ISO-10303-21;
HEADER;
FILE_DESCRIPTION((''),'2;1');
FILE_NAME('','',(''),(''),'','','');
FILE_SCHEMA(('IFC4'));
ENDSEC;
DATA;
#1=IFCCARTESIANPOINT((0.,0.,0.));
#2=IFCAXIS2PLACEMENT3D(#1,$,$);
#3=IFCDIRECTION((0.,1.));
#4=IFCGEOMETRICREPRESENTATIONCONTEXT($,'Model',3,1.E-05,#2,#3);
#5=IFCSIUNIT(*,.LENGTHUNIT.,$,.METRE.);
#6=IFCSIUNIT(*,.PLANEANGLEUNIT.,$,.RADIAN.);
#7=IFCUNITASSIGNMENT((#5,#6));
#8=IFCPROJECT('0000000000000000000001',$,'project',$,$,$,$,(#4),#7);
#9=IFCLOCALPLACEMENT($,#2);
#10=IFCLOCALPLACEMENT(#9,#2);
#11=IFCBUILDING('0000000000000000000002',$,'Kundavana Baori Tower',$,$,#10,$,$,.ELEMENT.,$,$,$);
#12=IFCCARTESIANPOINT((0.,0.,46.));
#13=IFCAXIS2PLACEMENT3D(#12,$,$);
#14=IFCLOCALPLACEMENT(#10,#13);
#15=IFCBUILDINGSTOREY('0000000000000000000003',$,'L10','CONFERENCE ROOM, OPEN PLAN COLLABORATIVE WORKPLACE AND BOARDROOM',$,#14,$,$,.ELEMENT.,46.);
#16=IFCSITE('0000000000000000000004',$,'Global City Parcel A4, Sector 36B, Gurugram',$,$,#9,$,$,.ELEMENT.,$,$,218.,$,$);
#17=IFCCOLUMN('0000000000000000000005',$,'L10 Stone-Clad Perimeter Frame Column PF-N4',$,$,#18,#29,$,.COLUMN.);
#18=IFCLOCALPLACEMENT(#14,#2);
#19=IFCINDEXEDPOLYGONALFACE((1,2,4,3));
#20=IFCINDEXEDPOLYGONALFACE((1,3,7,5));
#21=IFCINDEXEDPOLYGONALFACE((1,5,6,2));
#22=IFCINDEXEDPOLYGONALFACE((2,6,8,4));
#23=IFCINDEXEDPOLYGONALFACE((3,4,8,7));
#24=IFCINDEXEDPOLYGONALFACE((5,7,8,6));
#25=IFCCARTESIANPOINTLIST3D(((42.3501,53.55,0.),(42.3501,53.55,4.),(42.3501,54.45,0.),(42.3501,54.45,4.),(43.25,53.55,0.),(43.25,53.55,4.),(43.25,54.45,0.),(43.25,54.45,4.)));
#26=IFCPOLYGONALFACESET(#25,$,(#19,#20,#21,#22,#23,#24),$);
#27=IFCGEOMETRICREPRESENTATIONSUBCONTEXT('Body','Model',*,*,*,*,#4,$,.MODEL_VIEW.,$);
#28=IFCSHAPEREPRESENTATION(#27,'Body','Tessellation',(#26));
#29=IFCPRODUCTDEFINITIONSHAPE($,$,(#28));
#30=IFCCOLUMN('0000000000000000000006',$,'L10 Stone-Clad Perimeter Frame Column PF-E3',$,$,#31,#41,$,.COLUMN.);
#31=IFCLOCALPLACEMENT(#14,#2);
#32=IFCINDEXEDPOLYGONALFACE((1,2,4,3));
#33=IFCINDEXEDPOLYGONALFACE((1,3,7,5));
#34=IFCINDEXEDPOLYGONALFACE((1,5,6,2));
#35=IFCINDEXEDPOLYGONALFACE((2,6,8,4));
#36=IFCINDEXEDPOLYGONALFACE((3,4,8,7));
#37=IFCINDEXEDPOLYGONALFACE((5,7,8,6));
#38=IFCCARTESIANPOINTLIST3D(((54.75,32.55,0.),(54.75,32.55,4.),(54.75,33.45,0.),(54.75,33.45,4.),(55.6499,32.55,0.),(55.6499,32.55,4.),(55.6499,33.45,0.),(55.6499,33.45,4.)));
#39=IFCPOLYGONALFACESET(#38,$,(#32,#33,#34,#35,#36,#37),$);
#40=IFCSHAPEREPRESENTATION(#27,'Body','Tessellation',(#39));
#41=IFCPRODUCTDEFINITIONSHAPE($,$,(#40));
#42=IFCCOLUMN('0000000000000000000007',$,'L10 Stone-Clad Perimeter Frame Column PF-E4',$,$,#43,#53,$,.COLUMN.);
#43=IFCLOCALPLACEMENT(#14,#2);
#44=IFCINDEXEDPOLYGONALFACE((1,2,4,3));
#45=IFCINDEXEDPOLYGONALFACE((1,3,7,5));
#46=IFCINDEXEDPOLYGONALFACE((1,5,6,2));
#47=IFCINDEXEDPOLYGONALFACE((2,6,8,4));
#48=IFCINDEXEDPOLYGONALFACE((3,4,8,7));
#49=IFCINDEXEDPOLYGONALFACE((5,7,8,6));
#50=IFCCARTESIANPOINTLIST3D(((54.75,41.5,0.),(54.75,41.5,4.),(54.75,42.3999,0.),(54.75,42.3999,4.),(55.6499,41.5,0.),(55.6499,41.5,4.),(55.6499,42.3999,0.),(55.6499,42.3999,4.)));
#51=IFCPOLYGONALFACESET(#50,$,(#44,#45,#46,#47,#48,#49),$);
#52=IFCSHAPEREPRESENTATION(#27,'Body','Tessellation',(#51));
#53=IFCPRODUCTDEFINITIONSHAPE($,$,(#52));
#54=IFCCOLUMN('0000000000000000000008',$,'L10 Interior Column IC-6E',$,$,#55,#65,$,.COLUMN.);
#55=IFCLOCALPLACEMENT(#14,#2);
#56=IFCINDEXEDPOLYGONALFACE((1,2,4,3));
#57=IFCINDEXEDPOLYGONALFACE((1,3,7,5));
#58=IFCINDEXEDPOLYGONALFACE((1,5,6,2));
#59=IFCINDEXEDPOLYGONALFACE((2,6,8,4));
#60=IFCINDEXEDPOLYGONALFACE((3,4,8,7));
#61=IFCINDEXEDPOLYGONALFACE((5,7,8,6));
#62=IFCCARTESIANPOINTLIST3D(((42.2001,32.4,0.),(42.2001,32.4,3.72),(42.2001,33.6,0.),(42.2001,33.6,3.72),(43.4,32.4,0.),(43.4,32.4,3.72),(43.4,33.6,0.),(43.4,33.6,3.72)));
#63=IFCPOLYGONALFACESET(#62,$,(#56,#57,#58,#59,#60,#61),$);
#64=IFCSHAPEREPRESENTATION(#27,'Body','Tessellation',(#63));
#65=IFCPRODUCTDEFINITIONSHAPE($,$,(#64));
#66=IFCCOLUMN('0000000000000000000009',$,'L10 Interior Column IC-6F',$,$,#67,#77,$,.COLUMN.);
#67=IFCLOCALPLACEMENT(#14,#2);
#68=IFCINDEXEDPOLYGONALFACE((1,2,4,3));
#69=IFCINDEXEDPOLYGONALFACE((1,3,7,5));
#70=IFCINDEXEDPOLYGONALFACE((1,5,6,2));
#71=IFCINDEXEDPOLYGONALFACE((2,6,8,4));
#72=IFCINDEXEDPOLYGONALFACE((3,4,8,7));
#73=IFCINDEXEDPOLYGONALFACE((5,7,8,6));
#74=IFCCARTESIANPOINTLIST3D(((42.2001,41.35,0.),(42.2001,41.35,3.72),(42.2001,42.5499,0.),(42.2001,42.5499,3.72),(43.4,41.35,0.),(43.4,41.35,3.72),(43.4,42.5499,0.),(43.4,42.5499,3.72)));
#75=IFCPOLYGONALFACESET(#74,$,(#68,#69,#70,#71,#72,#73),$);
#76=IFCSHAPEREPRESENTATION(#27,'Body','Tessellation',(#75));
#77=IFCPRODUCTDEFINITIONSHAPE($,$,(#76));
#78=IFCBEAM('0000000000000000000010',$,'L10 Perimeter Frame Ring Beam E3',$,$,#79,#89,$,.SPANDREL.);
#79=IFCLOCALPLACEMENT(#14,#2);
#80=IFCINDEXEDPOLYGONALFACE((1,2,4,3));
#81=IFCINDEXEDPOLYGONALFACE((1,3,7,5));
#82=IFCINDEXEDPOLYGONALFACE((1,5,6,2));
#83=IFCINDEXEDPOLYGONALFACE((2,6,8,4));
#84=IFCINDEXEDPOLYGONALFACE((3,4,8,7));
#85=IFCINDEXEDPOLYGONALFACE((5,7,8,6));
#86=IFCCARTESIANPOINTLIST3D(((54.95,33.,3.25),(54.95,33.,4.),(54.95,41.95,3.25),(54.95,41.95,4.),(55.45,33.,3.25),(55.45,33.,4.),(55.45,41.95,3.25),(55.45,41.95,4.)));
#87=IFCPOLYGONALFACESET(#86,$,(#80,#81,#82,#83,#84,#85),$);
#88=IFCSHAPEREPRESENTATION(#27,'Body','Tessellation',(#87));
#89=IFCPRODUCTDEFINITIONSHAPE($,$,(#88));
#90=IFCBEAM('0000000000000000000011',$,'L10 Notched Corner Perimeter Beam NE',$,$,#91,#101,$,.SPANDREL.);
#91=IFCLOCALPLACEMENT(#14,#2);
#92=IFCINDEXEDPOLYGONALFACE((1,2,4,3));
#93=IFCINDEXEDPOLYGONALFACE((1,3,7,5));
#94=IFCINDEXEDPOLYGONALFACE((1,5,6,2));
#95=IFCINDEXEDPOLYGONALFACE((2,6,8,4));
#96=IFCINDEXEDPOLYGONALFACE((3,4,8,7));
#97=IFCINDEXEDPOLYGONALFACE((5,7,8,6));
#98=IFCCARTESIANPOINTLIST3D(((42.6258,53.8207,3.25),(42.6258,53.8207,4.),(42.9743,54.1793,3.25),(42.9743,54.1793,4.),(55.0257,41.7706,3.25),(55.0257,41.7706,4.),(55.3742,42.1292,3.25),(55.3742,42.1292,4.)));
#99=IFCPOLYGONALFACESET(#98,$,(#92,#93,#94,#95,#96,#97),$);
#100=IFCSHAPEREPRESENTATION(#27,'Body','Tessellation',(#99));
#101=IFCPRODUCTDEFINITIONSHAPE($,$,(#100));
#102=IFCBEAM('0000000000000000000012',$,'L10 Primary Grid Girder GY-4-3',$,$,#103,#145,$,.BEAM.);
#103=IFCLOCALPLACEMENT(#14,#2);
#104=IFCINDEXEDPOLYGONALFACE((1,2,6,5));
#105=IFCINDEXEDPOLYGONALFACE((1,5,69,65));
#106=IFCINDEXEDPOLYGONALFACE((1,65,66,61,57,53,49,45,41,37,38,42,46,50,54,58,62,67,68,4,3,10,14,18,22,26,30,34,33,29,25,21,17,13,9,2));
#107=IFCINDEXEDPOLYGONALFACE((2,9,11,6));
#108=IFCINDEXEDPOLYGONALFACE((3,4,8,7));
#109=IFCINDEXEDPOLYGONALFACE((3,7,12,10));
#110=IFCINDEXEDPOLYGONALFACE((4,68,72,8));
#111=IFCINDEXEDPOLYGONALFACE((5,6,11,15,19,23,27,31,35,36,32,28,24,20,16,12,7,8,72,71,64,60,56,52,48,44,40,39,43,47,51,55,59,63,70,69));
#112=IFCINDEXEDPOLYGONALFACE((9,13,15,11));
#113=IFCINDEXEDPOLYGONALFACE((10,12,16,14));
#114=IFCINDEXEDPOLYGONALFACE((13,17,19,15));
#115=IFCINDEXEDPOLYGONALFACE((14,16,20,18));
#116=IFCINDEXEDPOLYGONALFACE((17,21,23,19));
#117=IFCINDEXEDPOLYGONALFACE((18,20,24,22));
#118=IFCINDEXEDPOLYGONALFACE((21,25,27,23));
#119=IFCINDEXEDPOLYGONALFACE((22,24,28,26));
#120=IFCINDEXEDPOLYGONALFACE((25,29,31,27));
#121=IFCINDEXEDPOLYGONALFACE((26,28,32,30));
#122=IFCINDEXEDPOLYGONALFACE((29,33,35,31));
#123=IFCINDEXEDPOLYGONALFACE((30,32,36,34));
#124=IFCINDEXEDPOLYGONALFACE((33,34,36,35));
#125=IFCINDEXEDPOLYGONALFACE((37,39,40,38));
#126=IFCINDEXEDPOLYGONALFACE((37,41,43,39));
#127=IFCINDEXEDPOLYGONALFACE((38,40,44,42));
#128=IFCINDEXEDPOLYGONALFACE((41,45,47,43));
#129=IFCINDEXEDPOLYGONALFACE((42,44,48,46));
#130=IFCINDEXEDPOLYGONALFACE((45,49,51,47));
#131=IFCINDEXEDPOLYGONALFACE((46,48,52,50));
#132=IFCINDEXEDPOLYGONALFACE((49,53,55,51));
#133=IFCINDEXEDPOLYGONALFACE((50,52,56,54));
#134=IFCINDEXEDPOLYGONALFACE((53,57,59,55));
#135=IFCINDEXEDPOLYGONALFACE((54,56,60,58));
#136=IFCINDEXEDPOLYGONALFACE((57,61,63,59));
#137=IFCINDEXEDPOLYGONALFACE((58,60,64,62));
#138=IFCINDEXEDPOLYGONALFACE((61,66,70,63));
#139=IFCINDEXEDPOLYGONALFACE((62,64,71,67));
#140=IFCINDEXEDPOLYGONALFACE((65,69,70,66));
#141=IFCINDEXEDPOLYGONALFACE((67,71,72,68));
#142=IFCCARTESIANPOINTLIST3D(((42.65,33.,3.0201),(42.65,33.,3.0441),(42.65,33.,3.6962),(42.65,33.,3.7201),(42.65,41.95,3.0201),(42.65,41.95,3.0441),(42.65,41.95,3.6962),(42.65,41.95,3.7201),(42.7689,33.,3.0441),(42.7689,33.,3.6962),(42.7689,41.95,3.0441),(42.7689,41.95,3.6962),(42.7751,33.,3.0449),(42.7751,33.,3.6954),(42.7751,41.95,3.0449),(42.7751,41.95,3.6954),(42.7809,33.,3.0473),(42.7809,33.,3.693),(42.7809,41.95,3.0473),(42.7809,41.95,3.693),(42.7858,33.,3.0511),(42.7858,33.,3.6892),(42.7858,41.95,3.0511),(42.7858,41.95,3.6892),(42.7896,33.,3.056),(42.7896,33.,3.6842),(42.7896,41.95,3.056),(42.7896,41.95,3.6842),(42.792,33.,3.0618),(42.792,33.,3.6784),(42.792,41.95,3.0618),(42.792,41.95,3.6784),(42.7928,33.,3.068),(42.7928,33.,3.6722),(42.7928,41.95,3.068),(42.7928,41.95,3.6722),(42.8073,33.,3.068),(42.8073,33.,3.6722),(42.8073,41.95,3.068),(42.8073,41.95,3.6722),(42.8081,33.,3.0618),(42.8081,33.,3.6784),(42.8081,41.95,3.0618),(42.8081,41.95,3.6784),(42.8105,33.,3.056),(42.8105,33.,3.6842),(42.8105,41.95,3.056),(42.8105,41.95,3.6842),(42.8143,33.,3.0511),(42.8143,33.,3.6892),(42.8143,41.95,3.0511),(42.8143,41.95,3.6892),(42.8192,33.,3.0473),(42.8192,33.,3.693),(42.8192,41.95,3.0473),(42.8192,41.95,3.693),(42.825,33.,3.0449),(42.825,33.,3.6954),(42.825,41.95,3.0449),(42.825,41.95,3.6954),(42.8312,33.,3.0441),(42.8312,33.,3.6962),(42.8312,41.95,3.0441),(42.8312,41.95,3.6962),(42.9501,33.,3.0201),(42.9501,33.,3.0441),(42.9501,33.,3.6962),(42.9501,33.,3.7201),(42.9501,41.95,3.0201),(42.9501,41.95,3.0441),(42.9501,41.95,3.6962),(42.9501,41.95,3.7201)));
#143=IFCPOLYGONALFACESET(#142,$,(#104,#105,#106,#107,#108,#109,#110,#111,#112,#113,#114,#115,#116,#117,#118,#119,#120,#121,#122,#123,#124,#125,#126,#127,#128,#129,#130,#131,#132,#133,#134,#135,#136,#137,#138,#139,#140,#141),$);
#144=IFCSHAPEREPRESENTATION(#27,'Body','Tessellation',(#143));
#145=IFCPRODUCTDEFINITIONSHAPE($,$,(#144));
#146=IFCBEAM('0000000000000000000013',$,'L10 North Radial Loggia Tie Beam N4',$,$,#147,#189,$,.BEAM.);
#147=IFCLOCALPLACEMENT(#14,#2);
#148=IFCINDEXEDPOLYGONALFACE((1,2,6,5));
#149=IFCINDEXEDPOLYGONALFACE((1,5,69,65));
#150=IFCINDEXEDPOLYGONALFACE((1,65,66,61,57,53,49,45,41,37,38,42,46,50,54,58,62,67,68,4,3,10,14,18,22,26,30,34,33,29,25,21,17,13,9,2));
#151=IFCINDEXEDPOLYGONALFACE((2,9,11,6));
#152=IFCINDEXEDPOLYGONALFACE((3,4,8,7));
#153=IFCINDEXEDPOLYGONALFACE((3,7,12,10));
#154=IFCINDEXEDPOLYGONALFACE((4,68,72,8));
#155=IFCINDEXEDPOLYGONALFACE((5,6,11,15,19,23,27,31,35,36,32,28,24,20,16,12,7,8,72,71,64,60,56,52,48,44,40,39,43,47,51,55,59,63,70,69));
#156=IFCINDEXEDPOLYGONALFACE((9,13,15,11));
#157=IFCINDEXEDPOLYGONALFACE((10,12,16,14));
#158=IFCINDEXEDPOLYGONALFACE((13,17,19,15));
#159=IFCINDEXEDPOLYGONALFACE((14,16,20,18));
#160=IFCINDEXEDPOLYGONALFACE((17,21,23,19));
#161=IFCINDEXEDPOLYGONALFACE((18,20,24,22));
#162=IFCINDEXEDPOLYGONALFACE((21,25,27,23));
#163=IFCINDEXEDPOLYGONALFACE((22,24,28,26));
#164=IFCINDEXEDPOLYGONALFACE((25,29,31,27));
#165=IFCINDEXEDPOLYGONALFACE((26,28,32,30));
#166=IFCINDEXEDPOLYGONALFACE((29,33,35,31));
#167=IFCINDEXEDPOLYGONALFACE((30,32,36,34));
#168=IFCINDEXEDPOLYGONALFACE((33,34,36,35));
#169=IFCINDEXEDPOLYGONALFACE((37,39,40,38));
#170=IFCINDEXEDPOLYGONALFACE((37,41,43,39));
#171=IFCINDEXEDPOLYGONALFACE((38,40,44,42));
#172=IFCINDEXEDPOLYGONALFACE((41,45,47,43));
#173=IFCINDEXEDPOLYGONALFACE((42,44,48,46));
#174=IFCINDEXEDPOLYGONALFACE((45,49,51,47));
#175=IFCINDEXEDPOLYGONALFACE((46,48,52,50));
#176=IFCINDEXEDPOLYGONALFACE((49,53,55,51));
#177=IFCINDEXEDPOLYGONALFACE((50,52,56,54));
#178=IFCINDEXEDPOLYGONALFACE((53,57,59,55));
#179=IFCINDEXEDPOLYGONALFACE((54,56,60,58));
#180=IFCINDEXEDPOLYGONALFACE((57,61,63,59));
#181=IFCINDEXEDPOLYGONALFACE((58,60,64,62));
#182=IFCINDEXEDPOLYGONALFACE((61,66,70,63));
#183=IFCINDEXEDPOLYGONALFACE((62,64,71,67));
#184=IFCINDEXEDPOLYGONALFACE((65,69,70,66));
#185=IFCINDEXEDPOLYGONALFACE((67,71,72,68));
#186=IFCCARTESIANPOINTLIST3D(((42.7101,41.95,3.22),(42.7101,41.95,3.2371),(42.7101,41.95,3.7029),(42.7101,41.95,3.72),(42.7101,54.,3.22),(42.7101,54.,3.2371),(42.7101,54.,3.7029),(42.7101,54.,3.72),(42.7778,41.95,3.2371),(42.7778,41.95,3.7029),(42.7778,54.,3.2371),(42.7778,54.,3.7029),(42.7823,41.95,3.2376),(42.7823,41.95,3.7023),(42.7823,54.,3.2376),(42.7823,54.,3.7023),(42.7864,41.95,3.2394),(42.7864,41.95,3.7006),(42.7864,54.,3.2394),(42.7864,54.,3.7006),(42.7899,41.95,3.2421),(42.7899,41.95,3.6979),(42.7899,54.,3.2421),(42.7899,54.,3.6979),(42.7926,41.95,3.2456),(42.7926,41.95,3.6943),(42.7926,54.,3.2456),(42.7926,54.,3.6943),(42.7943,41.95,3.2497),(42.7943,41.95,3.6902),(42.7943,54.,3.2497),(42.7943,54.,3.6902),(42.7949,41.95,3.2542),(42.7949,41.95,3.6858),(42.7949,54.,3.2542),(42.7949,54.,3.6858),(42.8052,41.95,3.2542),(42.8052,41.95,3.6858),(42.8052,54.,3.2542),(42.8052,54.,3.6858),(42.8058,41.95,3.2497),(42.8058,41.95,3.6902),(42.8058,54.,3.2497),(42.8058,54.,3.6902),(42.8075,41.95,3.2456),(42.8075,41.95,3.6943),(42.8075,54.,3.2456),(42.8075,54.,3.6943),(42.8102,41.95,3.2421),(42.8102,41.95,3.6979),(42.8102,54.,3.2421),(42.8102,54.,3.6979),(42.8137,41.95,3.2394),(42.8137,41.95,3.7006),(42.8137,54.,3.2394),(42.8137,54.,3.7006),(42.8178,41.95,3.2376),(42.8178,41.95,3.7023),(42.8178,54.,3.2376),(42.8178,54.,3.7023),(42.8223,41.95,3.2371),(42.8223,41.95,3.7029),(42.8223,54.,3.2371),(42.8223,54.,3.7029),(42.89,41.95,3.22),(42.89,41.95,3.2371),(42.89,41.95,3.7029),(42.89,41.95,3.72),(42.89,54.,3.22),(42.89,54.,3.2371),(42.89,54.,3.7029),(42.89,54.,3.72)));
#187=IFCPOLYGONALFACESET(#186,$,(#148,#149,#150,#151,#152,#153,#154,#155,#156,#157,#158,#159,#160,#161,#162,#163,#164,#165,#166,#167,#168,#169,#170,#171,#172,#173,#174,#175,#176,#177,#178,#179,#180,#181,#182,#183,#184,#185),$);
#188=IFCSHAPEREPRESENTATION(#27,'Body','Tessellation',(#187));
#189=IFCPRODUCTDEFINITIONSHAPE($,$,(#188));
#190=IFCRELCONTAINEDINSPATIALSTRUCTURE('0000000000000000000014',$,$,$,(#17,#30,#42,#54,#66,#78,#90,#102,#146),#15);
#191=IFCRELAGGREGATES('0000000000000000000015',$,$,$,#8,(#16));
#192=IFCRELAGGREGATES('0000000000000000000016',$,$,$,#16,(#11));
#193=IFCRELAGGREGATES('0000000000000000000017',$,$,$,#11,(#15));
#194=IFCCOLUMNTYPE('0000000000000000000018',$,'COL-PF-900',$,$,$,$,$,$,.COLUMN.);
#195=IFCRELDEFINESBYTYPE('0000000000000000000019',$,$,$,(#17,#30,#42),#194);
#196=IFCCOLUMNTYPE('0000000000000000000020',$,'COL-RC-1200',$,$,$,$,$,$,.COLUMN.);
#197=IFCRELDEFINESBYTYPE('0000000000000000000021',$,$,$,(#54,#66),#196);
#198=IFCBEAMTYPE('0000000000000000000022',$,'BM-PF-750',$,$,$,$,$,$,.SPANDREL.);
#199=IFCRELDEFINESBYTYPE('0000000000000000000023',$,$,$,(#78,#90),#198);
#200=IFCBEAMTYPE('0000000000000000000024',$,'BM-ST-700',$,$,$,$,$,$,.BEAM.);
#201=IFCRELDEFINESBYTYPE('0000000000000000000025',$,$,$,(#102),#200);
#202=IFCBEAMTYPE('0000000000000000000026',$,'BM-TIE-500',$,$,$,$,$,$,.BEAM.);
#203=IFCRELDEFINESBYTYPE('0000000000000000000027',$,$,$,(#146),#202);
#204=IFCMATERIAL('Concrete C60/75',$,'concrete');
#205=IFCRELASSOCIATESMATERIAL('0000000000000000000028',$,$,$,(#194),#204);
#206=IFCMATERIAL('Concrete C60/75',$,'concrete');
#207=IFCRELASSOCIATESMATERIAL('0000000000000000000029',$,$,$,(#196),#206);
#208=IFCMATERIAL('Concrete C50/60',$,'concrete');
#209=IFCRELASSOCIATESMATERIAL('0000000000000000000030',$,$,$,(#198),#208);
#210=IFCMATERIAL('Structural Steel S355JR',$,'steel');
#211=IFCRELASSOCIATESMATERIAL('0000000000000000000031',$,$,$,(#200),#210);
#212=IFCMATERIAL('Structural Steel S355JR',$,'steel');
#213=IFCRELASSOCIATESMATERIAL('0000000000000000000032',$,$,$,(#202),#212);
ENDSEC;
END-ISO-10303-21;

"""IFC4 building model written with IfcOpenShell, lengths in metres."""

from ifc_helpers import new_model, si_unit, direction, frame, origin, origin_2d, place, context, subcontext, project, spatial, rectangle, i_section, extrude, material, material_profile, profile_set, type_object, element, save


model = new_model("IFC4")

# Units and contexts
model_context = context("Model", 3, precision=1e-05, world=origin(), true_north=direction((0.0, 1.0)))
body_context = subcontext(model_context, "Body", "Model", "MODEL_VIEW")
ifc_project = project(units=[si_unit("LENGTHUNIT", "METRE"), si_unit("PLANEANGLEUNIT", "RADIAN")], contexts=[model_context])

# Site, building, storey
site_placement = place(None, origin())
site = spatial("IfcSite", under=ifc_project, at=site_placement, Name="Global City Parcel A4, Sector 36B, Gurugram", CompositionType="ELEMENT", RefElevation=218.0)
building_placement = place(site_placement, origin())
building = spatial("IfcBuilding", under=site, at=building_placement, Name="Kundavana Baori Tower", CompositionType="ELEMENT")
storey_placement = place(building_placement, frame((0.0, 0.0, 46.0)))
storey = spatial("IfcBuildingStorey", under=building, at=storey_placement, Name="L10", Description="CONFERENCE ROOM, OPEN PLAN COLLABORATIVE WORKPLACE AND BOARDROOM", CompositionType="ELEMENT", Elevation=46.0)

# Columns
ifc_material_1 = material(Name="Concrete C60/75", Category="concrete")
ifc_material_profile_1 = material_profile(ifc_material_1, rectangle(XDim=0.8999, YDim=0.8999, at=origin_2d()), Name="RC PF 900x900")
ifc_profile_set_1 = profile_set([ifc_material_profile_1], Name="Concrete C60/75")
column_type_1 = type_object("IfcColumnType", Name="COL-PF-900", PredefinedType="COLUMN", material=ifc_profile_set_1)
for number, where, z_axis, x_axis, name in (
    (1, (42.8, 54.0, 0.0), (0.0, 0.0, 1.0), (1.0, 0.0, 0.0), "L10 Stone-Clad Perimeter Frame Column PF-N4"),
    (2, (55.2, 33.0, 0.0), (0.0, 0.0, 1.0), (1.0, 0.0, 0.0), "L10 Stone-Clad Perimeter Frame Column PF-E3"),
    (3, (55.2, 41.95, 0.0), (0.0, 0.0, 1.0), (1.0, 0.0, 0.0), "L10 Stone-Clad Perimeter Frame Column PF-E4"),
):
    element("IfcColumn", number, at=place(storey_placement, frame(where, z_axis=z_axis, x_axis=x_axis)), inside=storey, type_object=column_type_1, Name=name, PredefinedType="COLUMN", context=body_context, shape_type="SweptSolid", body=[
        extrude(rectangle(XDim=0.8999, YDim=0.8999, at=origin_2d()), origin(), (0.0, 0.0, 1.0), 4.0),
    ])
ifc_material_2 = material(Name="Concrete C60/75", Category="concrete")
ifc_material_profile_2 = material_profile(ifc_material_2, rectangle(XDim=1.2, YDim=1.2, at=origin_2d()), Name="RC 1200x1200")
ifc_profile_set_2 = profile_set([ifc_material_profile_2], Name="Concrete C60/75")
column_type_2 = type_object("IfcColumnType", Name="COL-RC-1200", PredefinedType="COLUMN", material=ifc_profile_set_2)
for number, where, z_axis, x_axis, name in (
    (4, (42.8, 33.0, 0.0), (0.0, 0.0, 1.0), (1.0, 0.0, 0.0), "L10 Interior Column IC-6E"),
    (5, (42.8, 41.95, 0.0), (0.0, 0.0, 1.0), (1.0, 0.0, 0.0), "L10 Interior Column IC-6F"),
):
    element("IfcColumn", number, at=place(storey_placement, frame(where, z_axis=z_axis, x_axis=x_axis)), inside=storey, type_object=column_type_2, Name=name, PredefinedType="COLUMN", context=body_context, shape_type="SweptSolid", body=[
        extrude(rectangle(XDim=1.2, YDim=1.2, at=origin_2d()), origin(), (0.0, 0.0, 1.0), 3.72),
    ])

# Beams
ifc_material_3 = material(Name="Concrete C50/60", Category="concrete")
ifc_material_profile_3 = material_profile(ifc_material_3, rectangle(XDim=0.5, YDim=0.75, at=origin_2d()), Name="RC BM 500x750")
ifc_profile_set_3 = profile_set([ifc_material_profile_3], Name="Concrete C50/60")
beam_type_1 = type_object("IfcBeamType", Name="BM-PF-750", PredefinedType="SPANDREL", material=ifc_profile_set_3)
beam_1_placement = place(storey_placement, frame((55.2, 33.0, 3.625), z_axis=(0.0, 1.0, 0.0), x_axis=(-1.0, 0.0, 0.0)))
element("IfcBeam", 6, at=beam_1_placement, inside=storey, type_object=beam_type_1, Name="L10 Perimeter Frame Ring Beam E3", PredefinedType="SPANDREL", context=body_context, shape_type="SweptSolid", body=[
    extrude(rectangle(XDim=0.5, YDim=0.75, at=origin_2d()), origin(), (0.0, 0.0, 1.0), 8.95),
])
beam_2_placement = place(storey_placement, frame((42.8, 54.0, 3.625), z_axis=(0.717151, -0.696917, 0.0), x_axis=(0.696917, 0.717151, 0.0)))
element("IfcBeam", 7, at=beam_2_placement, inside=storey, type_object=beam_type_1, Name="L10 Notched Corner Perimeter Beam NE", PredefinedType="SPANDREL", context=body_context, shape_type="SweptSolid", body=[
    extrude(rectangle(XDim=0.5, YDim=0.75, at=origin_2d()), origin(), (0.0, 0.0, 1.0), 17.2905),
])
ifc_material_4 = material(Name="Structural Steel S355JR", Category="steel")
ifc_material_profile_4 = material_profile(ifc_material_4, i_section(OverallWidth=0.3, OverallDepth=0.7, WebThickness=0.0144, FlangeThickness=0.0239, FilletRadius=0.0239, at=origin_2d()), Name="NPB 700x300x170")
ifc_profile_set_4 = profile_set([ifc_material_profile_4], Name="Structural Steel S355JR")
beam_type_2 = type_object("IfcBeamType", Name="BM-ST-700", PredefinedType="BEAM", material=ifc_profile_set_4)
beam_3_placement = place(storey_placement, frame((42.8, 33.0, 3.3701), z_axis=(0.0, 1.0, 0.0), x_axis=(-1.0, 0.0, 0.0)))
element("IfcBeam", 8, at=beam_3_placement, inside=storey, type_object=beam_type_2, Name="L10 Primary Grid Girder GY-4-3", PredefinedType="BEAM", context=body_context, shape_type="SweptSolid", body=[
    extrude(i_section(OverallWidth=0.3, OverallDepth=0.7, WebThickness=0.0144, FlangeThickness=0.0239, FilletRadius=0.0239, at=origin_2d()), origin(), (0.0, 0.0, 1.0), 8.95),
])
ifc_material_5 = material(Name="Structural Steel S355JR", Category="steel")
ifc_material_profile_5 = material_profile(ifc_material_5, i_section(OverallWidth=0.1799, OverallDepth=0.5, WebThickness=0.0103, FlangeThickness=0.0171, FilletRadius=0.0171, at=origin_2d()), Name="ISMB 500")
ifc_profile_set_5 = profile_set([ifc_material_profile_5], Name="Structural Steel S355JR")
beam_type_3 = type_object("IfcBeamType", Name="BM-TIE-500", PredefinedType="BEAM", material=ifc_profile_set_5)
beam_4_placement = place(storey_placement, frame((42.8, 41.95, 3.47), z_axis=(0.0, 1.0, 0.0), x_axis=(-1.0, 0.0, 0.0)))
element("IfcBeam", 9, at=beam_4_placement, inside=storey, type_object=beam_type_3, Name="L10 North Radial Loggia Tie Beam N4", PredefinedType="BEAM", context=body_context, shape_type="SweptSolid", body=[
    extrude(i_section(OverallWidth=0.1799, OverallDepth=0.5, WebThickness=0.0103, FlangeThickness=0.0171, FilletRadius=0.0171, at=origin_2d()), origin(), (0.0, 0.0, 1.0), 12.05),
])

save(model, "model.ifc")
